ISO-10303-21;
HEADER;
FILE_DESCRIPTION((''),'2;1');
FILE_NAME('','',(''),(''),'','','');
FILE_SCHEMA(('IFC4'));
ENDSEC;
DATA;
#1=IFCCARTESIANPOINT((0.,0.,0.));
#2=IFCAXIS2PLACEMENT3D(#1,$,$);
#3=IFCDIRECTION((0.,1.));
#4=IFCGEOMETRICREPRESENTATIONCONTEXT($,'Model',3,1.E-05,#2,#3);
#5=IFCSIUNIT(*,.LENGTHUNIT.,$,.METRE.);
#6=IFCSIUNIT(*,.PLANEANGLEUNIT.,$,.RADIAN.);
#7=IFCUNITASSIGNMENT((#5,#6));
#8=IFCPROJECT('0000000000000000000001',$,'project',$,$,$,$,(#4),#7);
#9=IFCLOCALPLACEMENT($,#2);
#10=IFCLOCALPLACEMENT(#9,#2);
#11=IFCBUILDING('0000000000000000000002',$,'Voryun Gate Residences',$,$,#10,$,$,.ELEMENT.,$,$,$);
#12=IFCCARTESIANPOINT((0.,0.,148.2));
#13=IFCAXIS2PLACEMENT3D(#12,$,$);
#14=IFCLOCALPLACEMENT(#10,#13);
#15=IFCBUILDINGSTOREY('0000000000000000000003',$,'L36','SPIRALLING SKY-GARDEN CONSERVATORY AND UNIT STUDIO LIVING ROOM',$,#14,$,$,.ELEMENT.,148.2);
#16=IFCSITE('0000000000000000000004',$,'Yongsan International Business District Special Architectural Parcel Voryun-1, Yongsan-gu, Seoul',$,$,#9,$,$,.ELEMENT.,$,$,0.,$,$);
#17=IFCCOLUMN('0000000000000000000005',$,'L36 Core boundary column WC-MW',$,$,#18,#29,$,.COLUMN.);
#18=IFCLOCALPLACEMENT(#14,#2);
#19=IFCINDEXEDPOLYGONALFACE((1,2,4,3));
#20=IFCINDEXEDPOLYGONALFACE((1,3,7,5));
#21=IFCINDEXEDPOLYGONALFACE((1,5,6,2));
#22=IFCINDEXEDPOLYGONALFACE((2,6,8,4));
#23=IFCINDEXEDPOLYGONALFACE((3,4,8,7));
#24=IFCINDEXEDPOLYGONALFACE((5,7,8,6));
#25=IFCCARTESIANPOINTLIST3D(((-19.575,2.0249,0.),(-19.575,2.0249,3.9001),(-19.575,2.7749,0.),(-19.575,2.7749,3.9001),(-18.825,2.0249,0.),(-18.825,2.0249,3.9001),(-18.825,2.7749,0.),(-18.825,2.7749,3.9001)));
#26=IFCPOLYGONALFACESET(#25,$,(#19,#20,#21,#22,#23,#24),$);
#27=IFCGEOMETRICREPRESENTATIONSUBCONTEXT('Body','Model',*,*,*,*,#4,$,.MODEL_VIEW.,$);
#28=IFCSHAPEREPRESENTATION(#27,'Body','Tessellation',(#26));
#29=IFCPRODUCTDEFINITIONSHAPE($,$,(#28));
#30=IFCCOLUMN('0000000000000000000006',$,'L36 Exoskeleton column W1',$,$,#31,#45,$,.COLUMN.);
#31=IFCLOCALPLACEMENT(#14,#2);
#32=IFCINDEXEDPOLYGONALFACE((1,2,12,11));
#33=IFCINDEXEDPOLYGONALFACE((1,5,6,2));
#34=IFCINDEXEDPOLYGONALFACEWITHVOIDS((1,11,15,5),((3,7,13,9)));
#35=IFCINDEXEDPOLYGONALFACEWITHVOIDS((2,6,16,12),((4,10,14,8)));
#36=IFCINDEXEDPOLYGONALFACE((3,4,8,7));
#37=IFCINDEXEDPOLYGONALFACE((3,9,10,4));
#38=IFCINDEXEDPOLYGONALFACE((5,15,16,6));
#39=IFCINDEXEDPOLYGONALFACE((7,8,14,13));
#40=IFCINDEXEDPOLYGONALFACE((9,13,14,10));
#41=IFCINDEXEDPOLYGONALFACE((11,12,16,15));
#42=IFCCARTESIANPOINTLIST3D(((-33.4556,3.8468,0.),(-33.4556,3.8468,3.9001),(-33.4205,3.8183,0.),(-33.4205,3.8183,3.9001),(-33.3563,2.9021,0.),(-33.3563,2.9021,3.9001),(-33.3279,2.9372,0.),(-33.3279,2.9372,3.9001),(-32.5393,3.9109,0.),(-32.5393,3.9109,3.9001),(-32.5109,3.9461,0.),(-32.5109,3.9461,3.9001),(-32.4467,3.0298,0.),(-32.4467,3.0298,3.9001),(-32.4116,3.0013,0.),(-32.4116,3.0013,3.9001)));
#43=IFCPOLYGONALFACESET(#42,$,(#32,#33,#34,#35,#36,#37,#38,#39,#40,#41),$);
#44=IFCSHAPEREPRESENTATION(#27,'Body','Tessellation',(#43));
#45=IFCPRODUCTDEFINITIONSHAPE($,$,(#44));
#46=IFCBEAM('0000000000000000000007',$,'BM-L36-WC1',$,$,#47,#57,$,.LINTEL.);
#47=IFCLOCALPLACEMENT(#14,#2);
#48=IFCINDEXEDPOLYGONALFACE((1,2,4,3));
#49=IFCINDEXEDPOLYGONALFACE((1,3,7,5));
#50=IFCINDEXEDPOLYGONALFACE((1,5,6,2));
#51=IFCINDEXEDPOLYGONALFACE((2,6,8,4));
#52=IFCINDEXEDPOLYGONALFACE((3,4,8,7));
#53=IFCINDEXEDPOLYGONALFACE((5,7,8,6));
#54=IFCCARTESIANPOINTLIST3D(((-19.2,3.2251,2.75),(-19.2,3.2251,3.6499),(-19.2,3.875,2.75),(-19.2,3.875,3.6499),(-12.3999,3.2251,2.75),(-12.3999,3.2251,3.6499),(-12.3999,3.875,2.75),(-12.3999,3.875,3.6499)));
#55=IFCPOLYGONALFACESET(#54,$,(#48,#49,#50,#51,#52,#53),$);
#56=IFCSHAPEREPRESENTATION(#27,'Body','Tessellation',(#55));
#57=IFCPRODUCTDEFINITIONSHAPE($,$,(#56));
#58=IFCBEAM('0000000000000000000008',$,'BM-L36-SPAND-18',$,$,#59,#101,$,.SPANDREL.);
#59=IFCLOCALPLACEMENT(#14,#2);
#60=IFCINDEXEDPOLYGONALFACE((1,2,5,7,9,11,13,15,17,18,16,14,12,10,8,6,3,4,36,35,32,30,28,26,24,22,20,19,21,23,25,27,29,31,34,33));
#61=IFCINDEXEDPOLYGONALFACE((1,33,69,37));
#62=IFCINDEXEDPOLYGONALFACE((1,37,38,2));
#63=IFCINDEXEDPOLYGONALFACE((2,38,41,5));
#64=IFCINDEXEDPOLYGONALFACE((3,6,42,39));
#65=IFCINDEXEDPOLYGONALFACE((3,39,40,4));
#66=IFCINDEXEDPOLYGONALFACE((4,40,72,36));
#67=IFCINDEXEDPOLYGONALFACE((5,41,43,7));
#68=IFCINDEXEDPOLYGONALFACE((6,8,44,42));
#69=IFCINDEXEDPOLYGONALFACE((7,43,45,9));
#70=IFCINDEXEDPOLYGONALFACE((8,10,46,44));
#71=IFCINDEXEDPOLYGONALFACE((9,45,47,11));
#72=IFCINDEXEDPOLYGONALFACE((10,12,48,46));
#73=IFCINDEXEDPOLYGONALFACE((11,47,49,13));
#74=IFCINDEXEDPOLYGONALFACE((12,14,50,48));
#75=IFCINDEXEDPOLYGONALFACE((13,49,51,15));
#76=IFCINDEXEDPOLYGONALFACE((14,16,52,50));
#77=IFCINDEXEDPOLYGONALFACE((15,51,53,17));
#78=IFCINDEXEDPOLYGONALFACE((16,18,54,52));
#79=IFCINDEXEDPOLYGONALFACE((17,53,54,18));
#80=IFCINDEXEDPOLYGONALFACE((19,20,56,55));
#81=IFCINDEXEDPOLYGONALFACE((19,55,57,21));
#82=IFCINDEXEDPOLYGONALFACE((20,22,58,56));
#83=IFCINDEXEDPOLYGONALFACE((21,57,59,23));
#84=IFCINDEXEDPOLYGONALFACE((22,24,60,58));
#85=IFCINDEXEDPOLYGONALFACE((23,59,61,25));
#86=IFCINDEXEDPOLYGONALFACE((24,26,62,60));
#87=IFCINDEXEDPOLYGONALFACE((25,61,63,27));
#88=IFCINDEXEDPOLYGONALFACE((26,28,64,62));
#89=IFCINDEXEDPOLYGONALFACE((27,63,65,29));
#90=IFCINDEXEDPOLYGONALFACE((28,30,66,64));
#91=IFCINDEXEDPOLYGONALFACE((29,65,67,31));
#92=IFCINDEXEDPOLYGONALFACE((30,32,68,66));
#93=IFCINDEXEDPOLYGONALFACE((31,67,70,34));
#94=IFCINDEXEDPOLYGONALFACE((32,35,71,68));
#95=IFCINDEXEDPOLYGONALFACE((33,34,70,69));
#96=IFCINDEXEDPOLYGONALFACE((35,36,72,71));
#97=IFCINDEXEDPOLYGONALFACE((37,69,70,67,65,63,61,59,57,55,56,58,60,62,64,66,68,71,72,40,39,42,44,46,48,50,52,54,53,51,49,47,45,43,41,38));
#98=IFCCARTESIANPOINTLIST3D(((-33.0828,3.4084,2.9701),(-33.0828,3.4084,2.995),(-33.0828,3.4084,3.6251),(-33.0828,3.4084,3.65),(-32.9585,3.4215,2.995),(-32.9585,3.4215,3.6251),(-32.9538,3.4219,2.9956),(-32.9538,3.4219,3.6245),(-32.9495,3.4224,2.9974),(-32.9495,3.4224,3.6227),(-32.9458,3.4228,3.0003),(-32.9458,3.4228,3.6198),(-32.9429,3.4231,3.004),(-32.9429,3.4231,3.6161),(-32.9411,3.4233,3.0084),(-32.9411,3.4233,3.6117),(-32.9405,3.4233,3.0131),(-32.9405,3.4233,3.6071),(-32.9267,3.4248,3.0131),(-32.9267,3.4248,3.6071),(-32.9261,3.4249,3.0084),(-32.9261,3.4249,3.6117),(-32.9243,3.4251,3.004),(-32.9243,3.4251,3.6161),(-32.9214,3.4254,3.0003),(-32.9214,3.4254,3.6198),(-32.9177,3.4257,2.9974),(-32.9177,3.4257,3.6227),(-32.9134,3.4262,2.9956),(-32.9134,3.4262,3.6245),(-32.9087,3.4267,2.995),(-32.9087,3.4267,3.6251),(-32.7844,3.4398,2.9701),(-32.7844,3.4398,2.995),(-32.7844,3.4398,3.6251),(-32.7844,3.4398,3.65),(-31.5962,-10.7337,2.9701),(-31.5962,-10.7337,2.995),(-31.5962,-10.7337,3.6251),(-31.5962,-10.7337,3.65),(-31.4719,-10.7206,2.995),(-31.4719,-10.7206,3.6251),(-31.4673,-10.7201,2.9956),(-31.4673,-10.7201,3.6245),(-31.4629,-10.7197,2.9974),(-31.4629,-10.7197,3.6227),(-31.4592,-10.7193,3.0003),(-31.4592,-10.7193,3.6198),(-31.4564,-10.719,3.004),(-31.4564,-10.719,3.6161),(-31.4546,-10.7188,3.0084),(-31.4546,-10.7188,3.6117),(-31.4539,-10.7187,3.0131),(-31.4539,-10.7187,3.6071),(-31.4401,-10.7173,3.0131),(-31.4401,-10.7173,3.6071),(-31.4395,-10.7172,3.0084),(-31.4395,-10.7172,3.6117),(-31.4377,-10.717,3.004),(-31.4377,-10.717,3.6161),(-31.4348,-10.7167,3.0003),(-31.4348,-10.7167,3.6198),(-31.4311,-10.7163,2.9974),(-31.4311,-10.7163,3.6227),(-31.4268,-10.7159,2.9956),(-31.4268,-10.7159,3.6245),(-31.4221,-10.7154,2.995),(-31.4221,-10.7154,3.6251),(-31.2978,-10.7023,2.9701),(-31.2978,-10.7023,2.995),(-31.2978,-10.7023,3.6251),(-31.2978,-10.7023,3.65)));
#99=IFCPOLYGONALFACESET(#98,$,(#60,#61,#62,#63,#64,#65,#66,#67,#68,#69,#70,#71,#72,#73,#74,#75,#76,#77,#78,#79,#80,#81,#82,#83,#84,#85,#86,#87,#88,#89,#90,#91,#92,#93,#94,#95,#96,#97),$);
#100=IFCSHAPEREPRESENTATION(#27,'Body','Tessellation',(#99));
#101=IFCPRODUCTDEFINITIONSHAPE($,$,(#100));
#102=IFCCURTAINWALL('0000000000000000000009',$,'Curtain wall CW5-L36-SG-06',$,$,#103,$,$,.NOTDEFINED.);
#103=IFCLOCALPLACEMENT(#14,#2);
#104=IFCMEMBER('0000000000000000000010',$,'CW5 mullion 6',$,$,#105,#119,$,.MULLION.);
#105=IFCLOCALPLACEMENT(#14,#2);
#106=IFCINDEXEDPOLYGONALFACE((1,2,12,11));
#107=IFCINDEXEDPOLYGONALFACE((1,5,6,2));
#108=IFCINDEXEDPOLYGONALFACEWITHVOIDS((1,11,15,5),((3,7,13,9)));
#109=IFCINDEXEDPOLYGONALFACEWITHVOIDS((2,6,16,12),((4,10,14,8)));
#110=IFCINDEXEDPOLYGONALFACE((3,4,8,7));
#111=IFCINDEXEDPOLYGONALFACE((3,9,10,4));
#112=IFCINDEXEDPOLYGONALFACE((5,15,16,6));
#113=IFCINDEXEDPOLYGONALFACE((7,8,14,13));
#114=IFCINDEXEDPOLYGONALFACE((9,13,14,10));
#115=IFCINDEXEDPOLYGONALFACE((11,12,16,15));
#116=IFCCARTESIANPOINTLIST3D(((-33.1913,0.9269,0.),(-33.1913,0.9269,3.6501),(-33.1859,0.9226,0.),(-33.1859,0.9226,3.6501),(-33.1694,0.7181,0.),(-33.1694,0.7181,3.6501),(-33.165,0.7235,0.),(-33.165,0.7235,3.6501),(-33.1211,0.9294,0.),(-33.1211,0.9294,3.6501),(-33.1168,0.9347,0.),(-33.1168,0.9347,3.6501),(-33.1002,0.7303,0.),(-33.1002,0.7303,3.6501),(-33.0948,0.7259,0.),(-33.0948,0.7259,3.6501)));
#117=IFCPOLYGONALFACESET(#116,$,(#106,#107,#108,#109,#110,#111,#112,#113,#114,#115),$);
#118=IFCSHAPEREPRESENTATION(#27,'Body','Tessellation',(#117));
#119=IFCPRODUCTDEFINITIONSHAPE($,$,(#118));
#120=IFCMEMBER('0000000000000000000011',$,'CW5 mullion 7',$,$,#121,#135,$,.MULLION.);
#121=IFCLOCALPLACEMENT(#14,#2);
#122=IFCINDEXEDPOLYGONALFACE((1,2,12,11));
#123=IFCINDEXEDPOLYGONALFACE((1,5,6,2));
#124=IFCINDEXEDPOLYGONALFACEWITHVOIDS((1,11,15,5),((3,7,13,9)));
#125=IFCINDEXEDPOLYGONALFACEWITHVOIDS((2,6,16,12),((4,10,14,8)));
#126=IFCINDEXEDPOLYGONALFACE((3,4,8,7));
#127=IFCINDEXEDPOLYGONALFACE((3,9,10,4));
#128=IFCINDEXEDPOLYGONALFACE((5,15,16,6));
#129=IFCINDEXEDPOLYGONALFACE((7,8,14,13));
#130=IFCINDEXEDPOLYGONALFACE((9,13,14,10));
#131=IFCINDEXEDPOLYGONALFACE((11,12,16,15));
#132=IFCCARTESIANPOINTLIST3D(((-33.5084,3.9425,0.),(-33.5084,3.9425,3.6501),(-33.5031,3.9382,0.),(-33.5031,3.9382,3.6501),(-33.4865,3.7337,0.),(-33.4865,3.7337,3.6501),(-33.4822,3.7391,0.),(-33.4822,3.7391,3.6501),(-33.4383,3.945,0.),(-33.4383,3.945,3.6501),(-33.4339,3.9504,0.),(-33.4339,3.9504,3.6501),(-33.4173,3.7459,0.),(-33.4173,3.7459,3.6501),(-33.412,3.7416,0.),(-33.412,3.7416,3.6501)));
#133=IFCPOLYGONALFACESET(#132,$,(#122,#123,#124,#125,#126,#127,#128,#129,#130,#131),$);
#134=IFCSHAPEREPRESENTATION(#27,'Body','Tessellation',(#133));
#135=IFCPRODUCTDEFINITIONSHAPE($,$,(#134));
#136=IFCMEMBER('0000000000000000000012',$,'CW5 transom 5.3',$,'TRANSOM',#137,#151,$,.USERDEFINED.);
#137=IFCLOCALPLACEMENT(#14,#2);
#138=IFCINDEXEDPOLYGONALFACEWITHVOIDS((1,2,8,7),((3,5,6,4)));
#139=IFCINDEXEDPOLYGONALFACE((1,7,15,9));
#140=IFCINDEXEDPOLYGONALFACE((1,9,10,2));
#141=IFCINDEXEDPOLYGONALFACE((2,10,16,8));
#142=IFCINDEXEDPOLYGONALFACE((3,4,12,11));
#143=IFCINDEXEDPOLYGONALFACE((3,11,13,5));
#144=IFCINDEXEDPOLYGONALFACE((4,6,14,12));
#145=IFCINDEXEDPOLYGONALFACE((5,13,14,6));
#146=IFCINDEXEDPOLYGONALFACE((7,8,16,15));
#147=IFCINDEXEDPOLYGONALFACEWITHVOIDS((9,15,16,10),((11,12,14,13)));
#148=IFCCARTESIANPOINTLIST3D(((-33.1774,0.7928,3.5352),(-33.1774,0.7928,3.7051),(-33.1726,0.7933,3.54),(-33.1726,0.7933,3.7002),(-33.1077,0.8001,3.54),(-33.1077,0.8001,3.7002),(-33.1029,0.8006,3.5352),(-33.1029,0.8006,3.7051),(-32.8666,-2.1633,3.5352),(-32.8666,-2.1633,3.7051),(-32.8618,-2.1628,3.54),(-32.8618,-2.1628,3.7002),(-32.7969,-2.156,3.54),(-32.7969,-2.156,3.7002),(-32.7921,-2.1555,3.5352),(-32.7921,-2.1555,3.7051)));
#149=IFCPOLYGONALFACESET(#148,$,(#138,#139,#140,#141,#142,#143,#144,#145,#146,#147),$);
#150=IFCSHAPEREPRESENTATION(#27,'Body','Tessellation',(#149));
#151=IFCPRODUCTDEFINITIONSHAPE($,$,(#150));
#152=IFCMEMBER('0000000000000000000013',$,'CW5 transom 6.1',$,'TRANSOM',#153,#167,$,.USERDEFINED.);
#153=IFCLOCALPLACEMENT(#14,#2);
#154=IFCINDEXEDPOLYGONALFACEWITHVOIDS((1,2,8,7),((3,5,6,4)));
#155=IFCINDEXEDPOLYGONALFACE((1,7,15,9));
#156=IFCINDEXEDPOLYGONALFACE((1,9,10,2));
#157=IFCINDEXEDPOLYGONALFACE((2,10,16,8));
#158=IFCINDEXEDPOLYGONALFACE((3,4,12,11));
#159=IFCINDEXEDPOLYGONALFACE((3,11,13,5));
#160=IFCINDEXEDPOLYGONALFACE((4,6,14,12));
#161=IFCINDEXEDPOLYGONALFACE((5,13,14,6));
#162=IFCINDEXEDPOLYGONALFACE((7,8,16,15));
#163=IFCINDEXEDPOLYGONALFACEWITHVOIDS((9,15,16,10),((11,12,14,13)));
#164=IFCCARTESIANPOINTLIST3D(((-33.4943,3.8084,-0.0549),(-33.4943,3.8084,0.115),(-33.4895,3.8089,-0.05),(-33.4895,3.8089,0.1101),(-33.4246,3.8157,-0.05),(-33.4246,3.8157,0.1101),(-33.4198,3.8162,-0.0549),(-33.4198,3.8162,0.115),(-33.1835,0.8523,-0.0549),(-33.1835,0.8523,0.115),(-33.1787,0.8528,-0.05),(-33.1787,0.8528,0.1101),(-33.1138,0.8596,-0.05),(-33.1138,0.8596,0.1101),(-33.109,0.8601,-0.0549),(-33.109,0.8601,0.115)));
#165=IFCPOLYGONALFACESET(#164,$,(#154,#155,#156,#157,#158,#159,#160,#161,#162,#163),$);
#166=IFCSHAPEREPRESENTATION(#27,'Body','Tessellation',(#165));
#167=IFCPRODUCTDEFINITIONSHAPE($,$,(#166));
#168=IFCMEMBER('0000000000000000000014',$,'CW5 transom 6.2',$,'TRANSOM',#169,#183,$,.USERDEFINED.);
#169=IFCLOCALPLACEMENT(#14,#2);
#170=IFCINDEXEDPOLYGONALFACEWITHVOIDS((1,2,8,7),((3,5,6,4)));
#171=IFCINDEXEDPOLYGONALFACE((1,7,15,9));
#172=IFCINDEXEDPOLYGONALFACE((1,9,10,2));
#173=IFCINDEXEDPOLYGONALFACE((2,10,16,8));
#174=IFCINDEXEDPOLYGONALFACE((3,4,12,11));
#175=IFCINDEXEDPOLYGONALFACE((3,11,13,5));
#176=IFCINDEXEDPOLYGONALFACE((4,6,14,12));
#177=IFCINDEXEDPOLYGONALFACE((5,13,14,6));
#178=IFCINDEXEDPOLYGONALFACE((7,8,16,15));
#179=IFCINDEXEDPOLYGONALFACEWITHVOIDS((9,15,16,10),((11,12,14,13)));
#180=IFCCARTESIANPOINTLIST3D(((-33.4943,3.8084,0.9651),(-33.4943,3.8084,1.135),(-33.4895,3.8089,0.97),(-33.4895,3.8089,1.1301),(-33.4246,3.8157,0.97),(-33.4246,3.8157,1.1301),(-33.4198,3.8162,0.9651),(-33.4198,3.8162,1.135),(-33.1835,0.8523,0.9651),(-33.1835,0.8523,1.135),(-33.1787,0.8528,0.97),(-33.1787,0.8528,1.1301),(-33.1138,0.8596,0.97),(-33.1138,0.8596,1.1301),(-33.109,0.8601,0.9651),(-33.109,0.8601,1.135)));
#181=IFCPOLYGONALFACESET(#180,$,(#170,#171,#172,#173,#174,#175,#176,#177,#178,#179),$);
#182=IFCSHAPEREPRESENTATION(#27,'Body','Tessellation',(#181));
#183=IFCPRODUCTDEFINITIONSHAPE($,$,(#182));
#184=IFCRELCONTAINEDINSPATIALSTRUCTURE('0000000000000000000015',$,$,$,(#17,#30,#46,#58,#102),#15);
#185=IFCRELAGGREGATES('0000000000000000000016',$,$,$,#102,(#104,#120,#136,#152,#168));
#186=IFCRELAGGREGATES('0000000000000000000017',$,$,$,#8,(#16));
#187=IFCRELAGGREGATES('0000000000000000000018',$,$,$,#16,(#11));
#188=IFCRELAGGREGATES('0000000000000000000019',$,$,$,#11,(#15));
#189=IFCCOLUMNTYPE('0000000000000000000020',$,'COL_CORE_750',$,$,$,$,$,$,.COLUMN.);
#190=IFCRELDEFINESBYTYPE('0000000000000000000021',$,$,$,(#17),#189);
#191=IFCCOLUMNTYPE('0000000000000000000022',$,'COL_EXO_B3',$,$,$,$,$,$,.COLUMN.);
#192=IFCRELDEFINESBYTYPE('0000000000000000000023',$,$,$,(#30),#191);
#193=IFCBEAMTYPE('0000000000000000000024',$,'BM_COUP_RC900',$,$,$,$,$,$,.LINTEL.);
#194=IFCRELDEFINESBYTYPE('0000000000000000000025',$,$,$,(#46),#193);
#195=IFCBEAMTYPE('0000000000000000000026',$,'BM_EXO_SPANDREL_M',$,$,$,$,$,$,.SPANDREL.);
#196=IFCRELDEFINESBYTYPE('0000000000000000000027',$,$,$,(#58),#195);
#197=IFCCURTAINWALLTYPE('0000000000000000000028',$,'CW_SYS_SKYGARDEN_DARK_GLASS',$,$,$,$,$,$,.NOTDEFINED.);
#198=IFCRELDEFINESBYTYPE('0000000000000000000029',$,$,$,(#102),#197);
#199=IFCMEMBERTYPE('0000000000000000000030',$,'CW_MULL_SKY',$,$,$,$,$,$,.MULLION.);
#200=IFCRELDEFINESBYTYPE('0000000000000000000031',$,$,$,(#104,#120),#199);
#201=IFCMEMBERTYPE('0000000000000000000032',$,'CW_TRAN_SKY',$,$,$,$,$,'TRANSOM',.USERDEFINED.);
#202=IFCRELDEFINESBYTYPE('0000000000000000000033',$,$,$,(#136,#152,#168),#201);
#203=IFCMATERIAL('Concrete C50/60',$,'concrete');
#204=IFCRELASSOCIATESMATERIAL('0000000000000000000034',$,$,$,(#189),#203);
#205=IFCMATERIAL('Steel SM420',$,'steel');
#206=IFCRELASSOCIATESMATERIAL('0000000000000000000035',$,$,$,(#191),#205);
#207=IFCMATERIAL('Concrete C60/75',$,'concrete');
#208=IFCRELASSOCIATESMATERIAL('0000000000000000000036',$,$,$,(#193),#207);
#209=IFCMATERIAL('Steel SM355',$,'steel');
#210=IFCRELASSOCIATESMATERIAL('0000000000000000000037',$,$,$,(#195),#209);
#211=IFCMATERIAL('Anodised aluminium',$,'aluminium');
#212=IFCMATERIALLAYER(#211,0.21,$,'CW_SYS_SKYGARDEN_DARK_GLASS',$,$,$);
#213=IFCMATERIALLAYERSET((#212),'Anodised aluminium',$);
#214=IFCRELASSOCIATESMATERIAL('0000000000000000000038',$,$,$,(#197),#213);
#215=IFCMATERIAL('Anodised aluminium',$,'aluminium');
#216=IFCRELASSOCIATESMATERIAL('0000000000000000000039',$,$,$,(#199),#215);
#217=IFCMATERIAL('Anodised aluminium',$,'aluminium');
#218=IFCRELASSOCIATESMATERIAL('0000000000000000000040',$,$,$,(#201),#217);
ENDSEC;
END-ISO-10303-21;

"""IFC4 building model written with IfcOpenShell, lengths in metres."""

from ifc_helpers import new_model, si_unit, direction, frame, origin, origin_2d, place, context, subcontext, project, spatial, rectangle, hollow_rectangle, i_section, extrude, material, layer, layer_set, material_profile, profile_set, type_object, element, aggregate, save


model = new_model("IFC4")

# Units and contexts
model_context = context("Model", 3, precision=1e-05, world=origin(), true_north=direction((0.0, 1.0)))
body_context = subcontext(model_context, "Body", "Model", "MODEL_VIEW")
ifc_project = project(units=[si_unit("LENGTHUNIT", "METRE"), si_unit("PLANEANGLEUNIT", "RADIAN")], contexts=[model_context])

# Site, building, storey
site_placement = place(None, origin())
site = spatial("IfcSite", under=ifc_project, at=site_placement, Name="Yongsan International Business District Special Architectural Parcel Voryun-1, Yongsan-gu, Seoul", CompositionType="ELEMENT", RefElevation=0.0)
building_placement = place(site_placement, origin())
building = spatial("IfcBuilding", under=site, at=building_placement, Name="Voryun Gate Residences", CompositionType="ELEMENT")
storey_placement = place(building_placement, frame((0.0, 0.0, 148.2)))
storey = spatial("IfcBuildingStorey", under=building, at=storey_placement, Name="L36", Description="SPIRALLING SKY-GARDEN CONSERVATORY AND UNIT STUDIO LIVING ROOM", CompositionType="ELEMENT", Elevation=148.2)

# Columns
ifc_material_1 = material(Name="Concrete C50/60", Category="concrete")
ifc_material_profile_1 = material_profile(ifc_material_1, rectangle(XDim=0.75, YDim=0.75, at=origin_2d()), Name="RC-750x750")
ifc_profile_set_1 = profile_set([ifc_material_profile_1], Name="Concrete C50/60")
column_type_1 = type_object("IfcColumnType", Name="COL_CORE_750", PredefinedType="COLUMN", material=ifc_profile_set_1)
column_1_placement = place(storey_placement, frame((-19.2, 2.3999, 0.0), z_axis=(0.0, 0.0, 1.0), x_axis=(1.0, 0.0, 0.0)))
element("IfcColumn", 1, at=column_1_placement, inside=storey, type_object=column_type_1, Name="L36 Core boundary column WC-MW", PredefinedType="COLUMN", context=body_context, shape_type="SweptSolid", body=[
    extrude(rectangle(XDim=0.75, YDim=0.75, at=origin_2d()), origin(), (0.0, 0.0, 1.0), 3.9001),
])
ifc_material_2 = material(Name="Steel SM420", Category="steel")
ifc_material_profile_2 = material_profile(ifc_material_2, hollow_rectangle(XDim=0.95, YDim=0.95, WallThickness=0.032, at=origin_2d()), Name="BOX-950x950x32")
ifc_profile_set_2 = profile_set([ifc_material_profile_2], Name="Steel SM420")
column_type_2 = type_object("IfcColumnType", Name="COL_EXO_B3", PredefinedType="COLUMN", material=ifc_profile_set_2)
column_2_placement = place(storey_placement, frame((-32.9336, 3.4241, 0.0), z_axis=(0.0, 0.0, 1.0), x_axis=(0.994522, 0.104528, 0.0)))
element("IfcColumn", 2, at=column_2_placement, inside=storey, type_object=column_type_2, Name="L36 Exoskeleton column W1", PredefinedType="COLUMN", context=body_context, shape_type="SweptSolid", body=[
    extrude(hollow_rectangle(XDim=0.95, YDim=0.95, WallThickness=0.032, at=origin_2d()), origin(), (0.0, 0.0, 1.0), 3.9001),
])

# Beams
ifc_material_3 = material(Name="Concrete C60/75", Category="concrete")
ifc_material_profile_3 = material_profile(ifc_material_3, rectangle(XDim=0.6499, YDim=0.8999, at=origin_2d()), Name="RC-650x900")
ifc_profile_set_3 = profile_set([ifc_material_profile_3], Name="Concrete C60/75")
beam_type_1 = type_object("IfcBeamType", Name="BM_COUP_RC900", PredefinedType="LINTEL", material=ifc_profile_set_3)
beam_1_placement = place(storey_placement, frame((-19.2, 3.55, 3.2), z_axis=(1.0, 0.0, 0.0), x_axis=(0.0, 1.0, 0.0)))
element("IfcBeam", 3, at=beam_1_placement, inside=storey, type_object=beam_type_1, Name="BM-L36-WC1", PredefinedType="LINTEL", context=body_context, shape_type="SweptSolid", body=[
    extrude(rectangle(XDim=0.6499, YDim=0.8999, at=origin_2d()), origin(), (0.0, 0.0, 1.0), 6.8),
])
ifc_material_4 = material(Name="Steel SM355", Category="steel")
ifc_material_profile_4 = material_profile(ifc_material_4, i_section(OverallWidth=0.3, OverallDepth=0.6799, WebThickness=0.0139, FlangeThickness=0.0249, FilletRadius=0.0181, at=origin_2d()), Name="H-680x300x14x25")
ifc_profile_set_4 = profile_set([ifc_material_profile_4], Name="Steel SM355")
beam_type_2 = type_object("IfcBeamType", Name="BM_EXO_SPANDREL_M", PredefinedType="SPANDREL", material=ifc_profile_set_4)
beam_2_placement = place(storey_placement, frame((-32.9336, 3.4241, 3.3101), z_axis=(0.104541, -0.994521, 0.0), x_axis=(0.994521, 0.104541, 0.0)))
element("IfcBeam", 4, at=beam_2_placement, inside=storey, type_object=beam_type_2, Name="BM-L36-SPAND-18", PredefinedType="SPANDREL", context=body_context, shape_type="SweptSolid", body=[
    extrude(i_section(OverallWidth=0.3, OverallDepth=0.6799, WebThickness=0.0139, FlangeThickness=0.0249, FilletRadius=0.0181, at=origin_2d()), origin(), (0.0, 0.0, 1.0), 14.22),
])

# Curtain wall, members
ifc_material_5 = material(Name="Anodised aluminium", Category="aluminium")
ifc_layer_1 = layer(ifc_material_5, 0.21, Name="CW_SYS_SKYGARDEN_DARK_GLASS")
ifc_layer_set_1 = layer_set([ifc_layer_1], Name="Anodised aluminium")
curtain_wall_type = type_object("IfcCurtainWallType", Name="CW_SYS_SKYGARDEN_DARK_GLASS", PredefinedType="NOTDEFINED", material=ifc_layer_set_1)
curtain_wall_placement = place(storey_placement, origin())
curtain_wall = element("IfcCurtainWall", 5, at=curtain_wall_placement, inside=storey, type_object=curtain_wall_type, Name="Curtain wall CW5-L36-SG-06", PredefinedType="NOTDEFINED")
ifc_material_6 = material(Name="Anodised aluminium", Category="aluminium")
ifc_material_profile_5 = material_profile(ifc_material_6, hollow_rectangle(XDim=0.075, YDim=0.21, WallThickness=0.0049, at=origin_2d()), Name="ALU-MULL-210x75x5")
ifc_profile_set_5 = profile_set([ifc_material_profile_5], Name="Anodised aluminium")
member_type_1 = type_object("IfcMemberType", Name="CW_MULL_SKY", PredefinedType="MULLION", material=ifc_profile_set_5)
member_1_placement = place(storey_placement, frame((-33.1431, 0.8264, 0.0), z_axis=(0.0, 0.0, 1.0), x_axis=(-0.994522, -0.10453, 0.0)))
member_1 = element("IfcMember", 6, at=member_1_placement, type_object=member_type_1, Name="CW5 mullion 6", PredefinedType="MULLION", context=body_context, shape_type="SweptSolid", body=[
    extrude(hollow_rectangle(XDim=0.075, YDim=0.21, WallThickness=0.0049, at=origin_2d()), origin(), (0.0, 0.0, 1.0), 3.6501),
])
member_2_placement = place(storey_placement, frame((-33.4602, 3.842, 0.0), z_axis=(0.0, 0.0, 1.0), x_axis=(-0.994522, -0.10453, 0.0)))
member_2 = element("IfcMember", 7, at=member_2_placement, type_object=member_type_1, Name="CW5 mullion 7", PredefinedType="MULLION", context=body_context, shape_type="SweptSolid", body=[
    extrude(hollow_rectangle(XDim=0.075, YDim=0.21, WallThickness=0.0049, at=origin_2d()), origin(), (0.0, 0.0, 1.0), 3.6501),
])
ifc_material_7 = material(Name="Anodised aluminium", Category="aluminium")
ifc_material_profile_6 = material_profile(ifc_material_7, hollow_rectangle(XDim=0.075, YDim=0.1699, WallThickness=0.0049, at=origin_2d()), Name="ALU-TRAN-170x75x5")
ifc_profile_set_6 = profile_set([ifc_material_profile_6], Name="Anodised aluminium")
member_type_2 = type_object("IfcMemberType", Name="CW_TRAN_SKY", ElementType="TRANSOM", PredefinedType="USERDEFINED", material=ifc_profile_set_6)
member_3_placement = place(storey_placement, frame((-32.8293, -2.1594, 3.6201), z_axis=(-0.104561, 0.994518, 0.0), x_axis=(-0.994518, -0.104561, 0.0)))
member_3 = element("IfcMember", 8, at=member_3_placement, type_object=member_type_2, Name="CW5 transom 5.3", ObjectType="TRANSOM", PredefinedType="USERDEFINED", context=body_context, shape_type="SweptSolid", body=[
    extrude(hollow_rectangle(XDim=0.075, YDim=0.1699, WallThickness=0.0049, at=origin_2d()), origin(), (0.0, 0.0, 1.0), 2.9724),
])
member_4_placement = place(storey_placement, frame((-33.1462, 0.8562, 0.03), z_axis=(-0.104561, 0.994518, 0.0), x_axis=(-0.994518, -0.104561, 0.0)))
member_4 = element("IfcMember", 9, at=member_4_placement, type_object=member_type_2, Name="CW5 transom 6.1", ObjectType="TRANSOM", PredefinedType="USERDEFINED", context=body_context, shape_type="SweptSolid", body=[
    extrude(hollow_rectangle(XDim=0.075, YDim=0.1699, WallThickness=0.0049, at=origin_2d()), origin(), (0.0, 0.0, 1.0), 2.9724),
])
member_5_placement = place(storey_placement, frame((-33.1462, 0.8562, 1.05), z_axis=(-0.104561, 0.994518, 0.0), x_axis=(-0.994518, -0.104561, 0.0)))
member_5 = element("IfcMember", 10, at=member_5_placement, type_object=member_type_2, Name="CW5 transom 6.2", ObjectType="TRANSOM", PredefinedType="USERDEFINED", context=body_context, shape_type="SweptSolid", body=[
    extrude(hollow_rectangle(XDim=0.075, YDim=0.1699, WallThickness=0.0049, at=origin_2d()), origin(), (0.0, 0.0, 1.0), 2.9724),
])
aggregate(curtain_wall, [member_1, member_2, member_3, member_4, member_5])

save(model, "model.ifc")
